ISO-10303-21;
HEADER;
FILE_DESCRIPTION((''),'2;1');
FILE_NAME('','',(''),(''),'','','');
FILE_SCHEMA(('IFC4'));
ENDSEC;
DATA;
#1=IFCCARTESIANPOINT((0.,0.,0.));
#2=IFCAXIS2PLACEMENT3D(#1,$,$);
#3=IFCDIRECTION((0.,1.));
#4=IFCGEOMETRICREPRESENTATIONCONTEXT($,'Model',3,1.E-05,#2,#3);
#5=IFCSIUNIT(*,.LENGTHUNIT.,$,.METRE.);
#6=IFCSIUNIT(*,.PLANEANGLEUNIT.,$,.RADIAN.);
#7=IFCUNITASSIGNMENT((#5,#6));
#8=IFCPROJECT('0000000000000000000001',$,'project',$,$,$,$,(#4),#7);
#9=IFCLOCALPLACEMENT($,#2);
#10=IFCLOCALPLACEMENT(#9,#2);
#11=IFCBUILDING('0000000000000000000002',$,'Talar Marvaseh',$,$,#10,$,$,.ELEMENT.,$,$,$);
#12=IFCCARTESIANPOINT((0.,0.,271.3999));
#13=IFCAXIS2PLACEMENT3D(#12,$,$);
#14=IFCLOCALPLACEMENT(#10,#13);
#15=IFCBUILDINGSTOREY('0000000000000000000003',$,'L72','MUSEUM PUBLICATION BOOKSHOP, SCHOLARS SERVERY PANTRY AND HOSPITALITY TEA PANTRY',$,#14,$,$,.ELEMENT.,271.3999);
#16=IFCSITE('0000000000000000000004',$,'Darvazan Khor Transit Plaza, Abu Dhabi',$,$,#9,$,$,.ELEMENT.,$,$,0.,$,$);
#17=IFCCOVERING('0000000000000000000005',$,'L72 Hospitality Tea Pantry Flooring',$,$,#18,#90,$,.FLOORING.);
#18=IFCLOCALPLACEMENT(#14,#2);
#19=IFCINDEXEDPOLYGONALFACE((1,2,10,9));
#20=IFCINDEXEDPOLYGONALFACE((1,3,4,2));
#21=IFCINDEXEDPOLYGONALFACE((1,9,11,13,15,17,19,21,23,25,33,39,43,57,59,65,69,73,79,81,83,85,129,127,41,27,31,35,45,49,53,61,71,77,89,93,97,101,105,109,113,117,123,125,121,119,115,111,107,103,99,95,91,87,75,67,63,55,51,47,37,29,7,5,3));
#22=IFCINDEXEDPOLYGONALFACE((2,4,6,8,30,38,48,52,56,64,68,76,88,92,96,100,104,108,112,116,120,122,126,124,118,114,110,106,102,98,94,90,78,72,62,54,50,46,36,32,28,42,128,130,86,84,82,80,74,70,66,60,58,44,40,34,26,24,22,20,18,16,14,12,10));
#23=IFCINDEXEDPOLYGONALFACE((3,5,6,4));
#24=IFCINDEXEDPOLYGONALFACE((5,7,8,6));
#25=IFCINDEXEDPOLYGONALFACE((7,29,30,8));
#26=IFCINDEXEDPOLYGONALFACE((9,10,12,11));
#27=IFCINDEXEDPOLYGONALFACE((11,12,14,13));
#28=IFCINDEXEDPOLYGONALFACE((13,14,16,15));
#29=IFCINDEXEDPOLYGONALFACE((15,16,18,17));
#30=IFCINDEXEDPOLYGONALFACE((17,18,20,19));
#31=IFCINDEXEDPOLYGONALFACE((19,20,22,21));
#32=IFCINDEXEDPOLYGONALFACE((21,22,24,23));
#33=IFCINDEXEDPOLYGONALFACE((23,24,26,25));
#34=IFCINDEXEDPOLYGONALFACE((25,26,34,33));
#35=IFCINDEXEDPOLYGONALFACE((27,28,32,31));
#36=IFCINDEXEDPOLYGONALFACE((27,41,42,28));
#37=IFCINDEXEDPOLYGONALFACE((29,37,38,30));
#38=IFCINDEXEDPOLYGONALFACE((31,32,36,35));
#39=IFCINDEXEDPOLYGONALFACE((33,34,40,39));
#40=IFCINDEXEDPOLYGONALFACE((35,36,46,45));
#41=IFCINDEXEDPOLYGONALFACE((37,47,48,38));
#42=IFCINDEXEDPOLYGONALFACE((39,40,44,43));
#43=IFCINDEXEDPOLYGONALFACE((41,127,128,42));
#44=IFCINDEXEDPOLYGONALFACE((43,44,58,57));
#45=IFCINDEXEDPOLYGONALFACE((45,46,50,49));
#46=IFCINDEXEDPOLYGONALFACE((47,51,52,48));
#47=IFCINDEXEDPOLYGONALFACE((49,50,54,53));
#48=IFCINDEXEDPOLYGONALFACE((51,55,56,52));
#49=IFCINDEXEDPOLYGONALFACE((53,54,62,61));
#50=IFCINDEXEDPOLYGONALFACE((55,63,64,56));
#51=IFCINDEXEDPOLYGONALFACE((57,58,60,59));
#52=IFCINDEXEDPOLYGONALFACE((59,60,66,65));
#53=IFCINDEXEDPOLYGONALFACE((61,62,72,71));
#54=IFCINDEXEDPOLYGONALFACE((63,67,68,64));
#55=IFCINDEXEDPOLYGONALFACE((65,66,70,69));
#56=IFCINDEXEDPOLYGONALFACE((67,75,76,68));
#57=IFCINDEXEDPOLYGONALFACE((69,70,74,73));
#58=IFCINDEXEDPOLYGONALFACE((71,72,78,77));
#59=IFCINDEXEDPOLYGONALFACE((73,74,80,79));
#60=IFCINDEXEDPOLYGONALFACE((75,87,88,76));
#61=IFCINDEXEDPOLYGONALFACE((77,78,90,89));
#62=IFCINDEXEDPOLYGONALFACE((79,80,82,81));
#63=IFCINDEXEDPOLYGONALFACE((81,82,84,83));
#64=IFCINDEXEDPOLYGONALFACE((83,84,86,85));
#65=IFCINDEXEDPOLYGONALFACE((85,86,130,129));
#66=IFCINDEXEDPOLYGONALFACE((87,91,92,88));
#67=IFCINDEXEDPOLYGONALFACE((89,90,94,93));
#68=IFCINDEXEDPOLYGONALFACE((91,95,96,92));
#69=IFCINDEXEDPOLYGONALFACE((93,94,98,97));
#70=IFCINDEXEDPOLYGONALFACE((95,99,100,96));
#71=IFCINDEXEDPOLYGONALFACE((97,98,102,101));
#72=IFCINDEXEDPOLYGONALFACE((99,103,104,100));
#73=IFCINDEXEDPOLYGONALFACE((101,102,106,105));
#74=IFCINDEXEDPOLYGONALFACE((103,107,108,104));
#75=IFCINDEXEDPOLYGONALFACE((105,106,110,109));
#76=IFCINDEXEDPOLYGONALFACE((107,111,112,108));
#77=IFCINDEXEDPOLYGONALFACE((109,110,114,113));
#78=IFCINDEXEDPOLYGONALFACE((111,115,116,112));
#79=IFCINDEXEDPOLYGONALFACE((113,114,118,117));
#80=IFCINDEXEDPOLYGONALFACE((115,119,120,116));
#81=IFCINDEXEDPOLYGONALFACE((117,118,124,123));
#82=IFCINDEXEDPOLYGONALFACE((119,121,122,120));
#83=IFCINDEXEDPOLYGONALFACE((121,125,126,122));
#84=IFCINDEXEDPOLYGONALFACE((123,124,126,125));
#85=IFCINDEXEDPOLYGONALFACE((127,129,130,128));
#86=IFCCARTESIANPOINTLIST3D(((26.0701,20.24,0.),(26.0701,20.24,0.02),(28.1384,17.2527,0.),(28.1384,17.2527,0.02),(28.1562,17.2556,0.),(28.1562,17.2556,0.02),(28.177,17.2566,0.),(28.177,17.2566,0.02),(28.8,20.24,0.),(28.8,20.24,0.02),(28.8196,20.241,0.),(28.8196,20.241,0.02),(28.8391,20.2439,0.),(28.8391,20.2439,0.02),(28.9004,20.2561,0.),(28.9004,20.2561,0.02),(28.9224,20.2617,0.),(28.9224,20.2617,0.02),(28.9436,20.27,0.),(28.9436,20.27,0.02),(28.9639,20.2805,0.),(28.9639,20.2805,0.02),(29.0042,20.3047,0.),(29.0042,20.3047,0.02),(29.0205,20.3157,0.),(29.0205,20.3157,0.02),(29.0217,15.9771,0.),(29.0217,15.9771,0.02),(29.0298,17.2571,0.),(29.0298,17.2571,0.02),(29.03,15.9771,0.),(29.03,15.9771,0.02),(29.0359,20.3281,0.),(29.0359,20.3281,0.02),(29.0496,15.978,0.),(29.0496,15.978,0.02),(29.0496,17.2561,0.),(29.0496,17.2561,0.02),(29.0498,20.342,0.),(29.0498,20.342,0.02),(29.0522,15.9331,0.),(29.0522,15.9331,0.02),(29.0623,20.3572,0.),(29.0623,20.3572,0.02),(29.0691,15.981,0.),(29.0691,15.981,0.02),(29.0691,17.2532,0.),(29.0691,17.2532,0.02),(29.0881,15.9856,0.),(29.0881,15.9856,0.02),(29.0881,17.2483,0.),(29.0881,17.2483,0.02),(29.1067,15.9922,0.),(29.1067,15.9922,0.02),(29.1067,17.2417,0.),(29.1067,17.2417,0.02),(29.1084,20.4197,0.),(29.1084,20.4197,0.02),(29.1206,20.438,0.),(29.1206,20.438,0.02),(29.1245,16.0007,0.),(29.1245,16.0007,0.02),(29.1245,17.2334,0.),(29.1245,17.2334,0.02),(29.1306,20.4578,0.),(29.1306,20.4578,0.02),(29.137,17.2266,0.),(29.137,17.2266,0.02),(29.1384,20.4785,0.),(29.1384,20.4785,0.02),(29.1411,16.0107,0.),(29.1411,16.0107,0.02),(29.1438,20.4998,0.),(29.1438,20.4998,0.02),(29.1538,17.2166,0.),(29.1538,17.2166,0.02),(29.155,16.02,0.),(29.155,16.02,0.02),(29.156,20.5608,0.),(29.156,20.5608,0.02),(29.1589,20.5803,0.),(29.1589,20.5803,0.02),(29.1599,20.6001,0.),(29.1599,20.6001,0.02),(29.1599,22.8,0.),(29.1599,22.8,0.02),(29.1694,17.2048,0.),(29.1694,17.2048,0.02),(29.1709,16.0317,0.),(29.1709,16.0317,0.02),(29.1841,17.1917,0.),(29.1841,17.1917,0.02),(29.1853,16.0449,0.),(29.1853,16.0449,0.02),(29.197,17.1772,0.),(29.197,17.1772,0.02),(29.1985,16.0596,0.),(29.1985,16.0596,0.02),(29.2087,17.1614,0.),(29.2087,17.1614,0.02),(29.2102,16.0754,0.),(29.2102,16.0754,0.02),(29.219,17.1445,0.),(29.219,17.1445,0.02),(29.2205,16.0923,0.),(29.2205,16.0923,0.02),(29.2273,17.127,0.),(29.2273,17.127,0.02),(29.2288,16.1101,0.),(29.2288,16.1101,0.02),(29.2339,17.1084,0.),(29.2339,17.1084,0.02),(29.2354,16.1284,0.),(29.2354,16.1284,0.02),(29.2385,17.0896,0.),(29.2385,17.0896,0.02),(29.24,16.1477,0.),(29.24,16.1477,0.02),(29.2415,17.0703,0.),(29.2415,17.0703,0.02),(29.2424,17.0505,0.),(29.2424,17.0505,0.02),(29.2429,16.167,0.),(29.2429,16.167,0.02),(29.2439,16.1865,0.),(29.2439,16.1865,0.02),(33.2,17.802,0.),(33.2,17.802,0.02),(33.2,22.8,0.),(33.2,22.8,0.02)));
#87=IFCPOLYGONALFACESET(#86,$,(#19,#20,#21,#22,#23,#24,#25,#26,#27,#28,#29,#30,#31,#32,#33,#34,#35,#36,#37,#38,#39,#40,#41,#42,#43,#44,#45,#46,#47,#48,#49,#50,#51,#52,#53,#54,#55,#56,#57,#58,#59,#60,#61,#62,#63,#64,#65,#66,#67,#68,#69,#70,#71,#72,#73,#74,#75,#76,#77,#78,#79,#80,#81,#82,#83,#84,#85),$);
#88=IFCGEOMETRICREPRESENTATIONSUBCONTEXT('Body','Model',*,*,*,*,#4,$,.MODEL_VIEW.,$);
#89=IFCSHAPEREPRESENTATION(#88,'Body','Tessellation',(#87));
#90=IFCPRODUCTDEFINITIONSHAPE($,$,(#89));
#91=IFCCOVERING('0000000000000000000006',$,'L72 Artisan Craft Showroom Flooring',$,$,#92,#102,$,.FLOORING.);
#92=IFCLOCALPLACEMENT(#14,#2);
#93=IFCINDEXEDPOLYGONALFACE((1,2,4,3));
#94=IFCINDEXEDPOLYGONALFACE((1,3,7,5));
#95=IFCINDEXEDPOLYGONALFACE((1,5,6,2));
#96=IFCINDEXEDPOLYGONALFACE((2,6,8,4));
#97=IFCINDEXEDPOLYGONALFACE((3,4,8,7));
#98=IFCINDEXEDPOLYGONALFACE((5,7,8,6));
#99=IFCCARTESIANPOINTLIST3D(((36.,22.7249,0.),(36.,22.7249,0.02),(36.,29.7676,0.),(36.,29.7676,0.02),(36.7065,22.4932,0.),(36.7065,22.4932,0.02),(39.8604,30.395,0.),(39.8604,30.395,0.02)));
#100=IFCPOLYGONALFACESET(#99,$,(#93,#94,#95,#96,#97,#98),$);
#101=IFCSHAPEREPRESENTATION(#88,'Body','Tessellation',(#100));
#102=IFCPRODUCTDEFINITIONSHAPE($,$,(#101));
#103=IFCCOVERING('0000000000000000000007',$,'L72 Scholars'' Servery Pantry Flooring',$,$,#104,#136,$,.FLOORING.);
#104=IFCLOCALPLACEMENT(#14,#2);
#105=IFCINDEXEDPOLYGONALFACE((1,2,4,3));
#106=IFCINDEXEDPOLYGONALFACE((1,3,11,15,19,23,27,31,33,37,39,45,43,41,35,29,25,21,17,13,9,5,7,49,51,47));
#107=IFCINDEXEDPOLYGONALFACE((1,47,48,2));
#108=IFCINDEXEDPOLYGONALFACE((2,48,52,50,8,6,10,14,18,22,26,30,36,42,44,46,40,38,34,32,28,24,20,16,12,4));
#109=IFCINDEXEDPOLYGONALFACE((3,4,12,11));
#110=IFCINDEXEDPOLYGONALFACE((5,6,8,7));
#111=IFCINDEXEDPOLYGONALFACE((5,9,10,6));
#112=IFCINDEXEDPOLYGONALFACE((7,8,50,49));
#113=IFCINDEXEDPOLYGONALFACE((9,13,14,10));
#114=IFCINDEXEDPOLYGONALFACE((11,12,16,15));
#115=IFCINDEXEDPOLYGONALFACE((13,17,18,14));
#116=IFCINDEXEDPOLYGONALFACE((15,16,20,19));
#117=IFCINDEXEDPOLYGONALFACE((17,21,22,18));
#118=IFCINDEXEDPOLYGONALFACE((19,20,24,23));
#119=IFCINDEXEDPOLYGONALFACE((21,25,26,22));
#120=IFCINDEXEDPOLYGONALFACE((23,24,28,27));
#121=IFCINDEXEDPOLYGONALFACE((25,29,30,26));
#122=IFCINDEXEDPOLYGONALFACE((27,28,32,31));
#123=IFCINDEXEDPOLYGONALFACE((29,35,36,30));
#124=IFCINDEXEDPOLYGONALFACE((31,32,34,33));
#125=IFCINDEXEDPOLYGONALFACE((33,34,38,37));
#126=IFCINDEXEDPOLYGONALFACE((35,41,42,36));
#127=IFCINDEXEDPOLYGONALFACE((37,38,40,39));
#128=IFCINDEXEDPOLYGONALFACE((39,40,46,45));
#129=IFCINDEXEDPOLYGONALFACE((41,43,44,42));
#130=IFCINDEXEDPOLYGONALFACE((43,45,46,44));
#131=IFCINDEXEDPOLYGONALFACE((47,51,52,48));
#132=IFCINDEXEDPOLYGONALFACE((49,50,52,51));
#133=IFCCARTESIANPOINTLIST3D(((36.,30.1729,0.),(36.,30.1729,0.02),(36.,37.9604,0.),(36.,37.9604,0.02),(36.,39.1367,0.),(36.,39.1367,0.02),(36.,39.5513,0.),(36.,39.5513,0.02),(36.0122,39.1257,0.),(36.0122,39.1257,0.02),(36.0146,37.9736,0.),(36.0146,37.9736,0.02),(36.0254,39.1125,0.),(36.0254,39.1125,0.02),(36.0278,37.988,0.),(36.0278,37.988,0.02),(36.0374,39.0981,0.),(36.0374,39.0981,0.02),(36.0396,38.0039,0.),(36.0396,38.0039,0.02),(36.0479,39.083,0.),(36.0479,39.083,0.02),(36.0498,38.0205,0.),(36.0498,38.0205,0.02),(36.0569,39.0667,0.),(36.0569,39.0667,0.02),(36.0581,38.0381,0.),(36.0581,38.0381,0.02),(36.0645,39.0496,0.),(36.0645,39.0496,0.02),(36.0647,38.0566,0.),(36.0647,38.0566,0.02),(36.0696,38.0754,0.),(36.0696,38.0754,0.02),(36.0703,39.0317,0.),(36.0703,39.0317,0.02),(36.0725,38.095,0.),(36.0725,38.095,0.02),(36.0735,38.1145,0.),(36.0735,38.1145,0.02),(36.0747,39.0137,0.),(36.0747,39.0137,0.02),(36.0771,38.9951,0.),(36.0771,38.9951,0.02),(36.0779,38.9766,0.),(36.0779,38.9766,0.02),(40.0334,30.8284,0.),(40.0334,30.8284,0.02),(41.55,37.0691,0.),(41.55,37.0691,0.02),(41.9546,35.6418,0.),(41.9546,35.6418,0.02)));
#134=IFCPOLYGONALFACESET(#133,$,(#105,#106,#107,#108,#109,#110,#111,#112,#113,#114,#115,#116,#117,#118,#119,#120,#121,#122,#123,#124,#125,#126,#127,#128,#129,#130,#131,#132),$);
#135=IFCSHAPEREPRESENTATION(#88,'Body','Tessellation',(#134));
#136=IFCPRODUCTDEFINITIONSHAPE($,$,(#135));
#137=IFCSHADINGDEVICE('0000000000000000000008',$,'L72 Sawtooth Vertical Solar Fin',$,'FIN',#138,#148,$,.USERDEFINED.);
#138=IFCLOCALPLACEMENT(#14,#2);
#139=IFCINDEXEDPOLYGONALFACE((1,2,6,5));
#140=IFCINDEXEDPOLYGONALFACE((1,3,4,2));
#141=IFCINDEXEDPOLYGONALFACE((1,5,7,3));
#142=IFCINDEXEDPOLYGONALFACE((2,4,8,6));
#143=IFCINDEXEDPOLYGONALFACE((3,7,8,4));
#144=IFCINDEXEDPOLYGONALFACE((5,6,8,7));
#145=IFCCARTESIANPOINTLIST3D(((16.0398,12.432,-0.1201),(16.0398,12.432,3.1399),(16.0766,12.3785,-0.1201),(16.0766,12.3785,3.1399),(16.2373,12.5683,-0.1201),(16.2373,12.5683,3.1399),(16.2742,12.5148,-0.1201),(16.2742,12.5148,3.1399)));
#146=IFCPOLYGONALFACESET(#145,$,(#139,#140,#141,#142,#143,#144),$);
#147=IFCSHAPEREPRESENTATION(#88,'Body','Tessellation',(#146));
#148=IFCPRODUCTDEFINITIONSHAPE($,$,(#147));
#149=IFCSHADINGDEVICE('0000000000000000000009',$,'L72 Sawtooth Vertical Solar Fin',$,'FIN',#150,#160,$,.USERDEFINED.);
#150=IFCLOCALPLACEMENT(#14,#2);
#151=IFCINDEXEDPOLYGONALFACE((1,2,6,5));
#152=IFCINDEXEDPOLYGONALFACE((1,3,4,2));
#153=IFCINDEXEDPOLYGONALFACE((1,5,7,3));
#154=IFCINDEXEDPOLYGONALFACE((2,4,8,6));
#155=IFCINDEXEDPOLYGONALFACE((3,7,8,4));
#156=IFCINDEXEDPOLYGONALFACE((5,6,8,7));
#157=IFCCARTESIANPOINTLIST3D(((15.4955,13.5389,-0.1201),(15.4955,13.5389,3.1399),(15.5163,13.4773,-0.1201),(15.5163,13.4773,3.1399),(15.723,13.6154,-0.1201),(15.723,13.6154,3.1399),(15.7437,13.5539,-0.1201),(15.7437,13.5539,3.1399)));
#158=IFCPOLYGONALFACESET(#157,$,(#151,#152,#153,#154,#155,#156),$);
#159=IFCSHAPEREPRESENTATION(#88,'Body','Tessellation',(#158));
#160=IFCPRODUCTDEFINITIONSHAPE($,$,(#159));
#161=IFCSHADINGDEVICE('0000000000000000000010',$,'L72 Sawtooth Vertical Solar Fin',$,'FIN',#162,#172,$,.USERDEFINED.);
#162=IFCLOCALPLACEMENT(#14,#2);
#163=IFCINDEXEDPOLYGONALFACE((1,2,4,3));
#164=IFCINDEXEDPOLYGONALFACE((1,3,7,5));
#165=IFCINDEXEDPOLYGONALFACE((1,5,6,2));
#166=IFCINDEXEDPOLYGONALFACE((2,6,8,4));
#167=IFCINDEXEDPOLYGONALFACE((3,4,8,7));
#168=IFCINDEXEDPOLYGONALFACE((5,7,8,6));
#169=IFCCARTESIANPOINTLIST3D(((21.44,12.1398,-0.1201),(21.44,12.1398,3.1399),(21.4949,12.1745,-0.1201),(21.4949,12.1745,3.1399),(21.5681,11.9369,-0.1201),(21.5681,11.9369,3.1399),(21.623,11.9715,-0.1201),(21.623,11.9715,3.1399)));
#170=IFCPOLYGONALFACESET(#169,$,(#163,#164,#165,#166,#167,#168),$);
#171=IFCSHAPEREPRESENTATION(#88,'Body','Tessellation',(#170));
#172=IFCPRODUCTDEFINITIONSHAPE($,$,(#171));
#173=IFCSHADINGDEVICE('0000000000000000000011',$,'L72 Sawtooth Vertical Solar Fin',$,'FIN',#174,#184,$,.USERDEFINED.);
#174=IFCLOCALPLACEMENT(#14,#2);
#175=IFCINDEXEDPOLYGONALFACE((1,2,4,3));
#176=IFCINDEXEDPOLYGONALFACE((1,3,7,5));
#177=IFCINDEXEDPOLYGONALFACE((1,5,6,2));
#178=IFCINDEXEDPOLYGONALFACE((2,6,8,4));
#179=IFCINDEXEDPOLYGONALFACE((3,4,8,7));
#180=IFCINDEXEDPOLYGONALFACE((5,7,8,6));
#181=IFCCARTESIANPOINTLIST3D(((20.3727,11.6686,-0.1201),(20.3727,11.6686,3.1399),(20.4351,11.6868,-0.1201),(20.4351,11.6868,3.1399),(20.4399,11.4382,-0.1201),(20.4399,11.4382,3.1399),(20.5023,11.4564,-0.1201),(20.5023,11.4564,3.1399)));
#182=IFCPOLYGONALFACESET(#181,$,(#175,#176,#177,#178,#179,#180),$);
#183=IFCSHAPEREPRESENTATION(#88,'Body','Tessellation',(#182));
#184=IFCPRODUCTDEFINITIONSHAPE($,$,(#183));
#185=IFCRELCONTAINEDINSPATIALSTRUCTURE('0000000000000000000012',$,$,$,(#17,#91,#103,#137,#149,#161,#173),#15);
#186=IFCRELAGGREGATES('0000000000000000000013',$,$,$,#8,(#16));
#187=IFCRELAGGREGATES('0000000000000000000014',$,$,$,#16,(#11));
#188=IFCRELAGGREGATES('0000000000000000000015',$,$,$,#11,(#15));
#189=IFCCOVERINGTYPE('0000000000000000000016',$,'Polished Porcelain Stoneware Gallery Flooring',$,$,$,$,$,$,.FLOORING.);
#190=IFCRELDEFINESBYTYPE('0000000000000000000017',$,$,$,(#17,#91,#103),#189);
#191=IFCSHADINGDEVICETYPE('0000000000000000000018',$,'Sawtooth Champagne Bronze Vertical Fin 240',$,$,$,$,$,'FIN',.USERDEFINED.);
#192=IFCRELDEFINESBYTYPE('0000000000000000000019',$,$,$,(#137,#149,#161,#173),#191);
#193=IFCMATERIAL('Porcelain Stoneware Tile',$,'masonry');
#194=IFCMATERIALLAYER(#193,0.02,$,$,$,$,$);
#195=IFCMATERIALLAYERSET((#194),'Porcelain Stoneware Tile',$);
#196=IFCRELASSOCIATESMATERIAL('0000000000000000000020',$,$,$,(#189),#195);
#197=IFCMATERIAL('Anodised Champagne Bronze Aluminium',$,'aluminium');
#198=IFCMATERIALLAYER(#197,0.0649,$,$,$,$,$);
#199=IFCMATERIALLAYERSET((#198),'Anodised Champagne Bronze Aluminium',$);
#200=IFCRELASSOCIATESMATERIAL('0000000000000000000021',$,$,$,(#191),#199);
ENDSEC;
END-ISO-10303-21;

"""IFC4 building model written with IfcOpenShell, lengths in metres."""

from ifc_helpers import new_model, si_unit, direction, frame, origin, origin_2d, place, context, subcontext, project, spatial, polyline, rectangle, outline, extrude, source, transform, mapped, material, layer, layer_set, type_object, type_shapes, element, save


model = new_model("IFC4")

# Units and contexts
model_context = context("Model", 3, precision=1e-05, world=origin(), true_north=direction((0.0, 1.0)))
body_context = subcontext(model_context, "Body", "Model", "MODEL_VIEW")
ifc_project = project(units=[si_unit("LENGTHUNIT", "METRE"), si_unit("PLANEANGLEUNIT", "RADIAN")], contexts=[model_context])

# Site, building, storey
site_placement = place(None, origin())
site = spatial("IfcSite", under=ifc_project, at=site_placement, Name="Darvazan Khor Transit Plaza, Abu Dhabi", CompositionType="ELEMENT", RefElevation=0.0)
building_placement = place(site_placement, origin())
building = spatial("IfcBuilding", under=site, at=building_placement, Name="Talar Marvaseh", CompositionType="ELEMENT")
storey_placement = place(building_placement, frame((0.0, 0.0, 271.3999)))
storey = spatial("IfcBuildingStorey", under=building, at=storey_placement, Name="L72", Description="MUSEUM PUBLICATION BOOKSHOP, SCHOLARS SERVERY PANTRY AND HOSPITALITY TEA PANTRY", CompositionType="ELEMENT", Elevation=271.3999)

# Coverings
ifc_material_1 = material(Name="Porcelain Stoneware Tile", Category="masonry")
ifc_layer_1 = layer(ifc_material_1, 0.02)
ifc_layer_set_1 = layer_set([ifc_layer_1], Name="Porcelain Stoneware Tile")
covering_type_1 = type_object("IfcCoveringType", Name="Polished Porcelain Stoneware Gallery Flooring", PredefinedType="FLOORING", material=ifc_layer_set_1)
covering_1_placement = place(storey_placement, origin())
element("IfcCovering", 1, at=covering_1_placement, inside=storey, type_object=covering_type_1, Name="L72 Hospitality Tea Pantry Flooring", PredefinedType="FLOORING", context=body_context, shape_type="SweptSolid", body=[
    extrude(outline(polyline([(28.8, 20.24), (28.8196, 20.241), (28.8391, 20.2439), (28.9004, 20.2561), (28.9224, 20.2617), (28.9436, 20.27), (28.9639, 20.2805), (29.0042, 20.3047), (29.0205, 20.3157), (29.0359, 20.3281), (29.0498, 20.342), (29.0623, 20.3572), (29.1084, 20.4197), (29.1206, 20.438), (29.1306, 20.4578), (29.1384, 20.4785), (29.1438, 20.4998), (29.156, 20.5608), (29.1589, 20.5803), (29.1599, 20.6001), (29.1599, 22.8), (33.2, 22.8), (33.2, 17.802), (29.0522, 15.9331), (29.0217, 15.9771), (29.03, 15.9771), (29.0496, 15.978), (29.0691, 15.981), (29.0881, 15.9856), (29.1067, 15.9922), (29.1245, 16.0007), (29.1411, 16.0107), (29.155, 16.02), (29.1709, 16.0317), (29.1853, 16.0449), (29.1985, 16.0596), (29.2102, 16.0754), (29.2205, 16.0923), (29.2288, 16.1101), (29.2354, 16.1284), (29.24, 16.1477), (29.2429, 16.167), (29.2439, 16.1865), (29.2424, 17.0505), (29.2415, 17.0703), (29.2385, 17.0896), (29.2339, 17.1084), (29.2273, 17.127), (29.219, 17.1445), (29.2087, 17.1614), (29.197, 17.1772), (29.1841, 17.1917), (29.1694, 17.2048), (29.1538, 17.2166), (29.137, 17.2266), (29.1245, 17.2334), (29.1067, 17.2417), (29.0881, 17.2483), (29.0691, 17.2532), (29.0496, 17.2561), (29.0298, 17.2571), (28.177, 17.2566), (28.1562, 17.2556), (28.1384, 17.2527), (26.0701, 20.24), (28.8, 20.24)])), origin(), (0.0, 0.0, 1.0), 0.02),
])
covering_2_placement = place(storey_placement, origin())
element("IfcCovering", 2, at=covering_2_placement, inside=storey, type_object=covering_type_1, Name="L72 Artisan Craft Showroom Flooring", PredefinedType="FLOORING", context=body_context, shape_type="SweptSolid", body=[
    extrude(outline(polyline([(36.7065, 22.4932), (36.0, 22.7249), (36.0, 29.7676), (39.8604, 30.395), (36.7065, 22.4932)])), origin(), (0.0, 0.0, 1.0), 0.02),
])
covering_3_placement = place(storey_placement, origin())
element("IfcCovering", 3, at=covering_3_placement, inside=storey, type_object=covering_type_1, Name="L72 Scholars' Servery Pantry Flooring", PredefinedType="FLOORING", context=body_context, shape_type="SweptSolid", body=[
    extrude(outline(polyline([(41.9546, 35.6418), (40.0334, 30.8284), (36.0, 30.1729), (36.0, 37.9604), (36.0, 37.9604), (36.0146, 37.9736), (36.0278, 37.988), (36.0396, 38.0039), (36.0498, 38.0205), (36.0581, 38.0381), (36.0647, 38.0566), (36.0696, 38.0754), (36.0725, 38.095), (36.0735, 38.1145), (36.0779, 38.9766), (36.0771, 38.9951), (36.0747, 39.0137), (36.0703, 39.0317), (36.0645, 39.0496), (36.0569, 39.0667), (36.0479, 39.083), (36.0374, 39.0981), (36.0254, 39.1125), (36.0122, 39.1257), (36.0, 39.1367), (36.0, 39.5513), (41.55, 37.0691), (41.9546, 35.6418)])), origin(), (0.0, 0.0, 1.0), 0.02),
])

# Shading devices
ifc_material_2 = material(Name="Anodised Champagne Bronze Aluminium", Category="aluminium")
ifc_layer_2 = layer(ifc_material_2, 0.0649)
ifc_layer_set_2 = layer_set([ifc_layer_2], Name="Anodised Champagne Bronze Aluminium")
shading_device_type_1 = type_object("IfcShadingDeviceType", Name="Sawtooth Champagne Bronze Vertical Fin 240", ElementType="FIN", PredefinedType="USERDEFINED", material=ifc_layer_set_2)
shared_shape_1 = source(origin(), body_context, "Body", "SweptSolid", [
    extrude(rectangle(XDim=0.24, YDim=0.0649, at=origin_2d()), origin(), (0.0, 0.0, 1.0), 3.26),
])
type_shapes(shading_device_type_1, [shared_shape_1])
for number, where, z_axis, x_axis, name in (
    (4, (16.157, 12.4734, -0.1201), (0.0, 0.0, 1.0), (-0.823136, -0.567844, 0.0), "L72 Sawtooth Vertical Solar Fin"),
    (5, (15.6196, 13.5464, -0.1201), (0.0, 0.0, 1.0), (-0.947768, -0.318959, 0.0), "L72 Sawtooth Vertical Solar Fin"),
    (6, (21.5315, 12.0557, -0.1201), (0.0, 0.0, 1.0), (0.533762, -0.845635, 0.0), "L72 Sawtooth Vertical Solar Fin"),
    (7, (20.4375, 11.5625, -0.1201), (0.0, 0.0, 1.0), (0.279997, -0.960001, 0.0), "L72 Sawtooth Vertical Solar Fin"),
):
    element("IfcShadingDevice", number, at=place(storey_placement, frame(where, z_axis=z_axis, x_axis=x_axis)), inside=storey, type_object=shading_device_type_1, Name=name, ObjectType="FIN", PredefinedType="USERDEFINED", context=body_context, shape_type="MappedRepresentation", body=[
        mapped(shared_shape_1, transform((0.0, 0.0, 0.0), x_axis=(1.0, 0.0, 0.0), y_axis=(0.0, 1.0, 0.0), z_axis=(0.0, 0.0, 1.0), scale=1.0)),
    ])

save(model, "model.ifc")
